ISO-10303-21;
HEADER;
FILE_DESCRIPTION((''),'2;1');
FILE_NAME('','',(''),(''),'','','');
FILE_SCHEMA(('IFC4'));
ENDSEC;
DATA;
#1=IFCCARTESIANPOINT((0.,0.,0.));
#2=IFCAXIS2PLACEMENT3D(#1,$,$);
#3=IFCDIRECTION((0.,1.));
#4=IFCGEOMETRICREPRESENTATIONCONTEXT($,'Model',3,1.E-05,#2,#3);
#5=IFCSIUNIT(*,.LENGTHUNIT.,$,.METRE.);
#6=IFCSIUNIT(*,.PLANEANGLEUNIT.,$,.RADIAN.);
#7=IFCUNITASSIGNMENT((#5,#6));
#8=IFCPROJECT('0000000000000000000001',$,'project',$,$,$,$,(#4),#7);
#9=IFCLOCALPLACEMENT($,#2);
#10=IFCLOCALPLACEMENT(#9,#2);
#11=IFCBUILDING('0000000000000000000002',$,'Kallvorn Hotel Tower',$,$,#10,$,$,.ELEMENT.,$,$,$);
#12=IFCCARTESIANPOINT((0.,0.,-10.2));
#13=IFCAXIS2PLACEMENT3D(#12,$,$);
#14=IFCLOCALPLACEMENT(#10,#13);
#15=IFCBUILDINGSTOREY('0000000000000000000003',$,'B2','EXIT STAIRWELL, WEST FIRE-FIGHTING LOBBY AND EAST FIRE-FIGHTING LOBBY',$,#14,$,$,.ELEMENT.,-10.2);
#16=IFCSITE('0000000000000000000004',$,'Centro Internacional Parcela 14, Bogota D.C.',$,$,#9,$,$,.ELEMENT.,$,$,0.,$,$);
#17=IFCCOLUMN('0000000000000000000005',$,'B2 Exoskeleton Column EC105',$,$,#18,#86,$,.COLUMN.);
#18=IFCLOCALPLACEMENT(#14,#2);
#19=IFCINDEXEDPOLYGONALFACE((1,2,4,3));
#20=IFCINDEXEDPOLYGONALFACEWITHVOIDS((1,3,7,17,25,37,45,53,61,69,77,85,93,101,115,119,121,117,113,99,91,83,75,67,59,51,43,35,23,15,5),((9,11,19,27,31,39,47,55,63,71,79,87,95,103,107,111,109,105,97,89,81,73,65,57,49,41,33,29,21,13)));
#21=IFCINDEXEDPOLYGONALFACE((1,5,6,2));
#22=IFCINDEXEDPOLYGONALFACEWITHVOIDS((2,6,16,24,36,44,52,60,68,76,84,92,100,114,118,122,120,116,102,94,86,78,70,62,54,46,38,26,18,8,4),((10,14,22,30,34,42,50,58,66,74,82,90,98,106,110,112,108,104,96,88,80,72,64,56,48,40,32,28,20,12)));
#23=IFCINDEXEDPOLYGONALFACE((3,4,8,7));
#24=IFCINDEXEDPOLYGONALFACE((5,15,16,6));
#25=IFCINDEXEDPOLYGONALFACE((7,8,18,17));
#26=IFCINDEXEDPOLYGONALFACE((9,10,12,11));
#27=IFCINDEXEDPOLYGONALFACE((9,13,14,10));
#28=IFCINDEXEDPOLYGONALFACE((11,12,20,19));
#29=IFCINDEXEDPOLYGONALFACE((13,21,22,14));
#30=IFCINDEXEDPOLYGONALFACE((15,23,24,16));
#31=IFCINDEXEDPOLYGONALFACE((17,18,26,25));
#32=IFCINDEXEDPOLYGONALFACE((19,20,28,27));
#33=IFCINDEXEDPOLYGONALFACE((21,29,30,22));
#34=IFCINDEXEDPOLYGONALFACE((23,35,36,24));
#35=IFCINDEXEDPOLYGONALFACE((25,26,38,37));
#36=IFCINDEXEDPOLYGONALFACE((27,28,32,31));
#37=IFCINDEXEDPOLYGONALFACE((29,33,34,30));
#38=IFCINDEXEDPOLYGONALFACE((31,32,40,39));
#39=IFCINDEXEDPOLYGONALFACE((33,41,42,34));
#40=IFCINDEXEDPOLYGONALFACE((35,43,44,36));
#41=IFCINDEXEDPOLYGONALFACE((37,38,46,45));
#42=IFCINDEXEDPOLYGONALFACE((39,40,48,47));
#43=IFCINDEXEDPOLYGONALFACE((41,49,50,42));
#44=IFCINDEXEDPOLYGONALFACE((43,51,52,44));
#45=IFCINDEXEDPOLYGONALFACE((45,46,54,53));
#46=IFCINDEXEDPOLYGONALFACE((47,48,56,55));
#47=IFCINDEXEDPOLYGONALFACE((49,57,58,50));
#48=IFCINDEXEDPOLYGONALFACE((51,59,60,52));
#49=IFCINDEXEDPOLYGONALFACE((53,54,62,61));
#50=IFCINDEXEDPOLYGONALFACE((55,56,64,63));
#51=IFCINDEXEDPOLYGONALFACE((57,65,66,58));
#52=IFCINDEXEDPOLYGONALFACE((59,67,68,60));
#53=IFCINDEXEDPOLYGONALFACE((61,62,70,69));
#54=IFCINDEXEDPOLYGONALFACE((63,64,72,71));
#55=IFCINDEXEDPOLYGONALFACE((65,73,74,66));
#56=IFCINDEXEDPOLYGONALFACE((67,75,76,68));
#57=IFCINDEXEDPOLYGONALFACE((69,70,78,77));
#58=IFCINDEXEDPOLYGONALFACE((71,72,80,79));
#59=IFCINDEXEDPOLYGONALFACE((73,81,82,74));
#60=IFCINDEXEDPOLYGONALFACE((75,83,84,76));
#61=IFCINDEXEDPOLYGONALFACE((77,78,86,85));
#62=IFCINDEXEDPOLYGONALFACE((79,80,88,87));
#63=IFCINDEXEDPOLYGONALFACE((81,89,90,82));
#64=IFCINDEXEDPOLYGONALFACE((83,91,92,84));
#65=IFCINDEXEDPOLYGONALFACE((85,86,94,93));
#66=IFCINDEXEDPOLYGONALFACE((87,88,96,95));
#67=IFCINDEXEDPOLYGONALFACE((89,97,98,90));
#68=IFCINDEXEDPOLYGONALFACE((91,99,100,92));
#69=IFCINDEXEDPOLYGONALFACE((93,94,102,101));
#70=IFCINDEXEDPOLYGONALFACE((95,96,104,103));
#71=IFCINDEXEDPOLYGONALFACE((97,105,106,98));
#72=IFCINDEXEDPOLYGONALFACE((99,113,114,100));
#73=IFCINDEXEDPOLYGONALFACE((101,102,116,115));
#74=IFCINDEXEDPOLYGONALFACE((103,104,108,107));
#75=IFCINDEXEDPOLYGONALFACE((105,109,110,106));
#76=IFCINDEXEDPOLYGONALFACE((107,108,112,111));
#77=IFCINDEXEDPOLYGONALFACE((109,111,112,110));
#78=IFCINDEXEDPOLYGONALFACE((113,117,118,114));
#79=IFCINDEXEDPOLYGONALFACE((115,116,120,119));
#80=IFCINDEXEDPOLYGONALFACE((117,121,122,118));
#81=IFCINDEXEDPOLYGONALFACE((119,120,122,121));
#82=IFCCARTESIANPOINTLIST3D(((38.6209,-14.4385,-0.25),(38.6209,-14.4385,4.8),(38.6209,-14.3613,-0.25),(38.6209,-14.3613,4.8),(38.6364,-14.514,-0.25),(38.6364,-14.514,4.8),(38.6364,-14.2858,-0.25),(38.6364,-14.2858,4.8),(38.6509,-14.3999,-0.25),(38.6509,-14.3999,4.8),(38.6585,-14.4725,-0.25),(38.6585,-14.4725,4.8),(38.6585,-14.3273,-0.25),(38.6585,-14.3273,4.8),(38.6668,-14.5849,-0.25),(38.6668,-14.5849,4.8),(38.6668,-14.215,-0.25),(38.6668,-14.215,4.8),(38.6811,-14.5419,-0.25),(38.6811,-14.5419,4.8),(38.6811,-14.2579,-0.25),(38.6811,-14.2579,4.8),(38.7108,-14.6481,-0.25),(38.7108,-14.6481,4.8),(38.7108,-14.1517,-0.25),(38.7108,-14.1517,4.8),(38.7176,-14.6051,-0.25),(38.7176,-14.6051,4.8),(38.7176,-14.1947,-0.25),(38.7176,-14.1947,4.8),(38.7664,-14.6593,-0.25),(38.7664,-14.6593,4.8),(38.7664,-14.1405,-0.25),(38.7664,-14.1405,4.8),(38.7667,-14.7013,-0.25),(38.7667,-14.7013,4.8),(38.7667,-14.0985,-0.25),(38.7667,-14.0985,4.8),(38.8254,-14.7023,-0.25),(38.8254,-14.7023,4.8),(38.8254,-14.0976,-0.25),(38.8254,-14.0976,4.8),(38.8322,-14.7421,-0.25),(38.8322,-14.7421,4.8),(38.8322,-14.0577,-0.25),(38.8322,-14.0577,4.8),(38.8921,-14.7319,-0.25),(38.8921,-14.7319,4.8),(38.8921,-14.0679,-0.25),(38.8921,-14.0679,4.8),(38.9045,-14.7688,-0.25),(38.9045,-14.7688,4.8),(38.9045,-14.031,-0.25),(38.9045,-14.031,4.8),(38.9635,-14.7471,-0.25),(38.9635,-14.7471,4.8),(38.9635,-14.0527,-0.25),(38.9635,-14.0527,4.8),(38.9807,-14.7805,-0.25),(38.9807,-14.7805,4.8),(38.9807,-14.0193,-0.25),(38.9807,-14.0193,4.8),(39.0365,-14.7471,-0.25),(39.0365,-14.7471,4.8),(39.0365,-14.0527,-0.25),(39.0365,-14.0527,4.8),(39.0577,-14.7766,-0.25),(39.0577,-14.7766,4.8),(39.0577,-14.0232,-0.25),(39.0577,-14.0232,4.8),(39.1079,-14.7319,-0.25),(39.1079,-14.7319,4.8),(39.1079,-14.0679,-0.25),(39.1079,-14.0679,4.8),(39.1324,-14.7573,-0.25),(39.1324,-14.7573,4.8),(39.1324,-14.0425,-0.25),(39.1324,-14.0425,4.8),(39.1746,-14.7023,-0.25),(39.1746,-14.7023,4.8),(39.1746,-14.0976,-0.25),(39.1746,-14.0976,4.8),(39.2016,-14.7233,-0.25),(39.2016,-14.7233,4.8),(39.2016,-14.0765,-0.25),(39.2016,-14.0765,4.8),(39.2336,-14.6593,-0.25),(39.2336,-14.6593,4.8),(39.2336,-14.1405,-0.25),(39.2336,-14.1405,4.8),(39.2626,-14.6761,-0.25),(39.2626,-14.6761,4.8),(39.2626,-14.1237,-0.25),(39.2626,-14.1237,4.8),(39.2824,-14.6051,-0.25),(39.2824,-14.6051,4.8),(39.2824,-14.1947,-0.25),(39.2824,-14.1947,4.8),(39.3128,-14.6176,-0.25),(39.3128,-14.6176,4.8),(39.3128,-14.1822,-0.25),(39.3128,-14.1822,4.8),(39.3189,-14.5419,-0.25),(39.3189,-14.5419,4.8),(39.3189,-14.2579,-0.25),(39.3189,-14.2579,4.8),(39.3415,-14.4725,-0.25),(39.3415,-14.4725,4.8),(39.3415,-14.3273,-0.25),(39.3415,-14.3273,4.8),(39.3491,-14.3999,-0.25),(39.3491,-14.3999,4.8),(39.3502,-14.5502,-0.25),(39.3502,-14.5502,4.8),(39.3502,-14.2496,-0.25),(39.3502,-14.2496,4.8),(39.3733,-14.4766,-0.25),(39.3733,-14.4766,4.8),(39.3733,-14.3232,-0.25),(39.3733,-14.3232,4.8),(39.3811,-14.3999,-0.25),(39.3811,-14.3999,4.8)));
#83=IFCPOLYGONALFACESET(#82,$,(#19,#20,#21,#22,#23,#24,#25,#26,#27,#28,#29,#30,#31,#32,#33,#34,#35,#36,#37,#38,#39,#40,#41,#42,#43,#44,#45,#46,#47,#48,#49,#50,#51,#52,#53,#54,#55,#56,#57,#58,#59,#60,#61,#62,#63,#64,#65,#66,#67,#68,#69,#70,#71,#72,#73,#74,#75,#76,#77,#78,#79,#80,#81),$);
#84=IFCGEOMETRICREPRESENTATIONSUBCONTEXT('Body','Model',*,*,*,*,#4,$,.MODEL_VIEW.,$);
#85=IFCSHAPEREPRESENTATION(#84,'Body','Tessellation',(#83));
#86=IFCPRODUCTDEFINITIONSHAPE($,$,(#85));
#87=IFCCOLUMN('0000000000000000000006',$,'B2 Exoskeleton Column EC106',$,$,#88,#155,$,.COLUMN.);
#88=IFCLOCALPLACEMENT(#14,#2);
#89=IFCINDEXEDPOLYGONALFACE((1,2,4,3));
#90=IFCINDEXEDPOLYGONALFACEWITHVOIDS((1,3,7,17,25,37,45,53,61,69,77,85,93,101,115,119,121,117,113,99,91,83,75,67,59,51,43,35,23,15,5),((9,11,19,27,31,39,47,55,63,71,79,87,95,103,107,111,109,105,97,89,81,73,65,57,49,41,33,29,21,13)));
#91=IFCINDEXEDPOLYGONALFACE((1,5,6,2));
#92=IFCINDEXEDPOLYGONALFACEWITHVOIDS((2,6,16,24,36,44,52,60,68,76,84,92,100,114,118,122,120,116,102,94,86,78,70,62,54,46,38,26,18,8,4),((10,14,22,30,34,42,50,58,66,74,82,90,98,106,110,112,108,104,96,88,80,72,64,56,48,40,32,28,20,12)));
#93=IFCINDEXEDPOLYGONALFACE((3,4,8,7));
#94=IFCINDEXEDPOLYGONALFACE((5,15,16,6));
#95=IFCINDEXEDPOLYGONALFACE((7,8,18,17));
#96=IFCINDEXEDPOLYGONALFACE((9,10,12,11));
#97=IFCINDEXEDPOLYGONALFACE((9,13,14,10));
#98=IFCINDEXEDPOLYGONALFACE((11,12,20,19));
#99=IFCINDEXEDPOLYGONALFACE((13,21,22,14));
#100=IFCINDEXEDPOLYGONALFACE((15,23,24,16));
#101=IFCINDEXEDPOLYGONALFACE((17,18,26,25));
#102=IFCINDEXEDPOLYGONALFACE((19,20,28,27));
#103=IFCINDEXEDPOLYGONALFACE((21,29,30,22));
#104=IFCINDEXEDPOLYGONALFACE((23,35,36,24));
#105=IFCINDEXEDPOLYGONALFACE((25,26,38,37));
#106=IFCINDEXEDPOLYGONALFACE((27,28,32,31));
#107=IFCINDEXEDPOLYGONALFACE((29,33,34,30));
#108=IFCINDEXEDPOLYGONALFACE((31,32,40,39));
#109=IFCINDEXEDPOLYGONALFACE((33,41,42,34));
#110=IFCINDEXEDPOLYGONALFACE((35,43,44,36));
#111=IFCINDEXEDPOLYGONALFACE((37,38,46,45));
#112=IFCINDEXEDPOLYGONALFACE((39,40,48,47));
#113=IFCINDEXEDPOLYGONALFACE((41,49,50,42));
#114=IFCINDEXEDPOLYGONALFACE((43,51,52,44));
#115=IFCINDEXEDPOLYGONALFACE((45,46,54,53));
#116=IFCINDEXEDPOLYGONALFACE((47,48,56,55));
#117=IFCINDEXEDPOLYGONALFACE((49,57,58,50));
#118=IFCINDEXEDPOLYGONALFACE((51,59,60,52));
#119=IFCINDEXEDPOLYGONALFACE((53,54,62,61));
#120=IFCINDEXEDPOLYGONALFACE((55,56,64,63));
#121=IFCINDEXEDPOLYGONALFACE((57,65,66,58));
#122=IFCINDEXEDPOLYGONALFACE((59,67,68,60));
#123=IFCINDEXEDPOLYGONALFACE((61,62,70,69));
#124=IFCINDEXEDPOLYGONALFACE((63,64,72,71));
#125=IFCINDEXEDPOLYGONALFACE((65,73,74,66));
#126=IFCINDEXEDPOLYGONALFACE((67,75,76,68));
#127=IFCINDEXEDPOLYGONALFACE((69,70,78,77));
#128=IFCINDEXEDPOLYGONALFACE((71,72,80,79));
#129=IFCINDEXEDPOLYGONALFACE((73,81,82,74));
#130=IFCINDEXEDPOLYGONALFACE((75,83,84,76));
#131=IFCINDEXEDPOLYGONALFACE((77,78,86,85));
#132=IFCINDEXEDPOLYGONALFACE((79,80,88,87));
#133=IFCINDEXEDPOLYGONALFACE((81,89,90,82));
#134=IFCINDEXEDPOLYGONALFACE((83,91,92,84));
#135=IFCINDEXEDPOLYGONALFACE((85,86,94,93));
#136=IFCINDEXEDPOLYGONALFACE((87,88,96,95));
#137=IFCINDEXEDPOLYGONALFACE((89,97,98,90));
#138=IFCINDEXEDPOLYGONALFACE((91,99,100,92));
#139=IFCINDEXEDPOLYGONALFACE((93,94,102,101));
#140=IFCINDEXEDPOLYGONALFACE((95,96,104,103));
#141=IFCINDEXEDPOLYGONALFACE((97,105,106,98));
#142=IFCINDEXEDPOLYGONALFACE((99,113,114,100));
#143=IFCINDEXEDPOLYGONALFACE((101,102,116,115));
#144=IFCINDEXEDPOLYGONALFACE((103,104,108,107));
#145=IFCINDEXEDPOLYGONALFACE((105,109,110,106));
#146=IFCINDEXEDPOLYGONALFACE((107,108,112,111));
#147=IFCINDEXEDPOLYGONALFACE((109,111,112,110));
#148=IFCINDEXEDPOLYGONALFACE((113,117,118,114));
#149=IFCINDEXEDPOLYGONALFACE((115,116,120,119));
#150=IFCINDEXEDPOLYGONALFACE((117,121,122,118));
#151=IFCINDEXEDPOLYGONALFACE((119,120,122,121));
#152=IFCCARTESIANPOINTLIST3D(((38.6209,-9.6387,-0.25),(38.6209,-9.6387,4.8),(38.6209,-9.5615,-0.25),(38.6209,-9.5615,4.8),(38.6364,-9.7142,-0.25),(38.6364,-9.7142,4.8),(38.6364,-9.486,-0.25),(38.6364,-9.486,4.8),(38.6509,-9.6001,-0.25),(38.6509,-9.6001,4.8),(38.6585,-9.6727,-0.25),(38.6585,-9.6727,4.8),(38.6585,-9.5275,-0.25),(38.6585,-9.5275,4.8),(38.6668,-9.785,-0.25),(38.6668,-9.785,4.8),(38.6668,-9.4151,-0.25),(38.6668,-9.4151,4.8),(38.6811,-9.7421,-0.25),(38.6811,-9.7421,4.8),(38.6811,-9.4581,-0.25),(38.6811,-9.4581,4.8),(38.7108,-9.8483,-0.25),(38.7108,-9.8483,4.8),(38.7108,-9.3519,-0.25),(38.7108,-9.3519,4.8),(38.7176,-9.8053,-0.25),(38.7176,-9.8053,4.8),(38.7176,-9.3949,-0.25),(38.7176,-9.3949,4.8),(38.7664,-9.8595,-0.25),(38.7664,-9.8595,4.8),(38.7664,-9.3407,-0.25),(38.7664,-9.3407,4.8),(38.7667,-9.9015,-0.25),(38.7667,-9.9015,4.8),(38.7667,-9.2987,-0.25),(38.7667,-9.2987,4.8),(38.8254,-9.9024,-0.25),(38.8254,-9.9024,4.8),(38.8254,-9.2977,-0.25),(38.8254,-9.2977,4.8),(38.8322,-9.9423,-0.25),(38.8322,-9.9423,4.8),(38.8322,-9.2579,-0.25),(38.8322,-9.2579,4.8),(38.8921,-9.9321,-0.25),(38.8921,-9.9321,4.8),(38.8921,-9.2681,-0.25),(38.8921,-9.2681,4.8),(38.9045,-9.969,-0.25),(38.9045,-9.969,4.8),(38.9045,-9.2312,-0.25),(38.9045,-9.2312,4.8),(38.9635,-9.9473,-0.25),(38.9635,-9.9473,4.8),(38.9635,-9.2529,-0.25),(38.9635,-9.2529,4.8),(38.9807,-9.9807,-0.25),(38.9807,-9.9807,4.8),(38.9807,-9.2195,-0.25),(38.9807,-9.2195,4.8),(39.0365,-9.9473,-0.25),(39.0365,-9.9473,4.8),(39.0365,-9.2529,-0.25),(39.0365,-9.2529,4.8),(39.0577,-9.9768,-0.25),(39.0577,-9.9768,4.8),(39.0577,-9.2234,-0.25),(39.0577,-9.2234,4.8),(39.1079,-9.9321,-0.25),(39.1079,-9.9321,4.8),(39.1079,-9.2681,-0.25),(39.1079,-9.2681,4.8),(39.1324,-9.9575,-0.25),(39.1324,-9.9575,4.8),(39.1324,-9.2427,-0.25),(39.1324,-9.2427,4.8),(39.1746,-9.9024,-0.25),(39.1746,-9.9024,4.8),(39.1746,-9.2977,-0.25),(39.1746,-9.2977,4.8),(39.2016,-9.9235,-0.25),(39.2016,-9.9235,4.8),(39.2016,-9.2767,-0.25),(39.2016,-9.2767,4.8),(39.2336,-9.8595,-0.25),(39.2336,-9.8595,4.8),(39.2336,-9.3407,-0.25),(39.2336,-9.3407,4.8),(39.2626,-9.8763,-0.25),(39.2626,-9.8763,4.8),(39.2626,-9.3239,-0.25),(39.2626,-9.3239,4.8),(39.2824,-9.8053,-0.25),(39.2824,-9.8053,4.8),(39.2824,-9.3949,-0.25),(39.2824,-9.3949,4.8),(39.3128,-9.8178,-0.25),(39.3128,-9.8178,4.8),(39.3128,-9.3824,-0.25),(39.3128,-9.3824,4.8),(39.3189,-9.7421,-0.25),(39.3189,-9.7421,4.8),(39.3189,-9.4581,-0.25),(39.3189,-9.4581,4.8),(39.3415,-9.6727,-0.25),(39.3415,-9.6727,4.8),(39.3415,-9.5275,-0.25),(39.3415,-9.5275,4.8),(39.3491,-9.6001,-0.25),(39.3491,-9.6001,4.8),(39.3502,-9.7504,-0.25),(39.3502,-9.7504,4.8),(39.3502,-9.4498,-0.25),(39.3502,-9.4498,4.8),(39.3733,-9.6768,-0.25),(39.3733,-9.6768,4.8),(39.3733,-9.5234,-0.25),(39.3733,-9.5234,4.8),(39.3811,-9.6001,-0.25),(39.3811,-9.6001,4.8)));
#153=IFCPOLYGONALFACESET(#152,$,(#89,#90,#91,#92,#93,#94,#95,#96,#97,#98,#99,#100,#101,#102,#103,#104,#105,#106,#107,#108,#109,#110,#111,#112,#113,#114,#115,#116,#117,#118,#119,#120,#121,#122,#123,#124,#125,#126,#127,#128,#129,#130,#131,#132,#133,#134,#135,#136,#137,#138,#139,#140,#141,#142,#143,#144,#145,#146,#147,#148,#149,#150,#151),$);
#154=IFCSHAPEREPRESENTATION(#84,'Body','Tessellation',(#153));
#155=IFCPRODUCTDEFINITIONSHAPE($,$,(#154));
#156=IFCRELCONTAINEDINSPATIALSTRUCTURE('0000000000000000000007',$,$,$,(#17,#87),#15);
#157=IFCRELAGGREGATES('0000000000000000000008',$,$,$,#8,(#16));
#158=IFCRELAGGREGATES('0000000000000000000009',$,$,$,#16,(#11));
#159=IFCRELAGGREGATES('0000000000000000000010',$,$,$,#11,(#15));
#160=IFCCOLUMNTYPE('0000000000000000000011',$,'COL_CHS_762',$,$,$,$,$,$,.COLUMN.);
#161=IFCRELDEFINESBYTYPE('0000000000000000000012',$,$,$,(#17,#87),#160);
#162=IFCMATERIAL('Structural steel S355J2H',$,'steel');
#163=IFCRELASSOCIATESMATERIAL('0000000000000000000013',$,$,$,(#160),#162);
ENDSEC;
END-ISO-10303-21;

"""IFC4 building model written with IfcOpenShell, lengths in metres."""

from ifc_helpers import new_model, si_unit, direction, frame, origin, origin_2d, place, context, subcontext, project, spatial, hollow_circle, extrude, material, material_profile, profile_set, type_object, element, save


model = new_model("IFC4")

# Units and contexts
model_context = context("Model", 3, precision=1e-05, world=origin(), true_north=direction((0.0, 1.0)))
body_context = subcontext(model_context, "Body", "Model", "MODEL_VIEW")
ifc_project = project(units=[si_unit("LENGTHUNIT", "METRE"), si_unit("PLANEANGLEUNIT", "RADIAN")], contexts=[model_context])

# Site, building, storey
site_placement = place(None, origin())
site = spatial("IfcSite", under=ifc_project, at=site_placement, Name="Centro Internacional Parcela 14, Bogota D.C.", CompositionType="ELEMENT", RefElevation=0.0)
building_placement = place(site_placement, origin())
building = spatial("IfcBuilding", under=site, at=building_placement, Name="Kallvorn Hotel Tower", CompositionType="ELEMENT")
storey_placement = place(building_placement, frame((0.0, 0.0, -10.2)))
storey = spatial("IfcBuildingStorey", under=building, at=storey_placement, Name="B2", Description="EXIT STAIRWELL, WEST FIRE-FIGHTING LOBBY AND EAST FIRE-FIGHTING LOBBY", CompositionType="ELEMENT", Elevation=-10.2)

# Columns
ifc_material_1 = material(Name="Structural steel S355J2H", Category="steel")
ifc_material_profile_1 = material_profile(ifc_material_1, hollow_circle(Radius=0.3811, WallThickness=0.032, at=origin_2d()), Name="CHS 762x32")
ifc_profile_set_1 = profile_set([ifc_material_profile_1], Name="Structural steel S355J2H")
column_type_1 = type_object("IfcColumnType", Name="COL_CHS_762", PredefinedType="COLUMN", material=ifc_profile_set_1)
for number, where, z_axis, x_axis, name in (
    (1, (39.0, -14.3999, -0.25), (0.0, 0.0, 1.0), (1.0, 0.0, 0.0), "B2 Exoskeleton Column EC105"),
    (2, (39.0, -9.6001, -0.25), (0.0, 0.0, 1.0), (1.0, 0.0, 0.0), "B2 Exoskeleton Column EC106"),
):
    element("IfcColumn", number, at=place(storey_placement, frame(where, z_axis=z_axis, x_axis=x_axis)), inside=storey, type_object=column_type_1, Name=name, PredefinedType="COLUMN", context=body_context, shape_type="SweptSolid", body=[
        extrude(hollow_circle(Radius=0.3811, WallThickness=0.032, at=origin_2d()), origin(), (0.0, 0.0, 1.0), 5.05),
    ])

save(model, "model.ifc")
